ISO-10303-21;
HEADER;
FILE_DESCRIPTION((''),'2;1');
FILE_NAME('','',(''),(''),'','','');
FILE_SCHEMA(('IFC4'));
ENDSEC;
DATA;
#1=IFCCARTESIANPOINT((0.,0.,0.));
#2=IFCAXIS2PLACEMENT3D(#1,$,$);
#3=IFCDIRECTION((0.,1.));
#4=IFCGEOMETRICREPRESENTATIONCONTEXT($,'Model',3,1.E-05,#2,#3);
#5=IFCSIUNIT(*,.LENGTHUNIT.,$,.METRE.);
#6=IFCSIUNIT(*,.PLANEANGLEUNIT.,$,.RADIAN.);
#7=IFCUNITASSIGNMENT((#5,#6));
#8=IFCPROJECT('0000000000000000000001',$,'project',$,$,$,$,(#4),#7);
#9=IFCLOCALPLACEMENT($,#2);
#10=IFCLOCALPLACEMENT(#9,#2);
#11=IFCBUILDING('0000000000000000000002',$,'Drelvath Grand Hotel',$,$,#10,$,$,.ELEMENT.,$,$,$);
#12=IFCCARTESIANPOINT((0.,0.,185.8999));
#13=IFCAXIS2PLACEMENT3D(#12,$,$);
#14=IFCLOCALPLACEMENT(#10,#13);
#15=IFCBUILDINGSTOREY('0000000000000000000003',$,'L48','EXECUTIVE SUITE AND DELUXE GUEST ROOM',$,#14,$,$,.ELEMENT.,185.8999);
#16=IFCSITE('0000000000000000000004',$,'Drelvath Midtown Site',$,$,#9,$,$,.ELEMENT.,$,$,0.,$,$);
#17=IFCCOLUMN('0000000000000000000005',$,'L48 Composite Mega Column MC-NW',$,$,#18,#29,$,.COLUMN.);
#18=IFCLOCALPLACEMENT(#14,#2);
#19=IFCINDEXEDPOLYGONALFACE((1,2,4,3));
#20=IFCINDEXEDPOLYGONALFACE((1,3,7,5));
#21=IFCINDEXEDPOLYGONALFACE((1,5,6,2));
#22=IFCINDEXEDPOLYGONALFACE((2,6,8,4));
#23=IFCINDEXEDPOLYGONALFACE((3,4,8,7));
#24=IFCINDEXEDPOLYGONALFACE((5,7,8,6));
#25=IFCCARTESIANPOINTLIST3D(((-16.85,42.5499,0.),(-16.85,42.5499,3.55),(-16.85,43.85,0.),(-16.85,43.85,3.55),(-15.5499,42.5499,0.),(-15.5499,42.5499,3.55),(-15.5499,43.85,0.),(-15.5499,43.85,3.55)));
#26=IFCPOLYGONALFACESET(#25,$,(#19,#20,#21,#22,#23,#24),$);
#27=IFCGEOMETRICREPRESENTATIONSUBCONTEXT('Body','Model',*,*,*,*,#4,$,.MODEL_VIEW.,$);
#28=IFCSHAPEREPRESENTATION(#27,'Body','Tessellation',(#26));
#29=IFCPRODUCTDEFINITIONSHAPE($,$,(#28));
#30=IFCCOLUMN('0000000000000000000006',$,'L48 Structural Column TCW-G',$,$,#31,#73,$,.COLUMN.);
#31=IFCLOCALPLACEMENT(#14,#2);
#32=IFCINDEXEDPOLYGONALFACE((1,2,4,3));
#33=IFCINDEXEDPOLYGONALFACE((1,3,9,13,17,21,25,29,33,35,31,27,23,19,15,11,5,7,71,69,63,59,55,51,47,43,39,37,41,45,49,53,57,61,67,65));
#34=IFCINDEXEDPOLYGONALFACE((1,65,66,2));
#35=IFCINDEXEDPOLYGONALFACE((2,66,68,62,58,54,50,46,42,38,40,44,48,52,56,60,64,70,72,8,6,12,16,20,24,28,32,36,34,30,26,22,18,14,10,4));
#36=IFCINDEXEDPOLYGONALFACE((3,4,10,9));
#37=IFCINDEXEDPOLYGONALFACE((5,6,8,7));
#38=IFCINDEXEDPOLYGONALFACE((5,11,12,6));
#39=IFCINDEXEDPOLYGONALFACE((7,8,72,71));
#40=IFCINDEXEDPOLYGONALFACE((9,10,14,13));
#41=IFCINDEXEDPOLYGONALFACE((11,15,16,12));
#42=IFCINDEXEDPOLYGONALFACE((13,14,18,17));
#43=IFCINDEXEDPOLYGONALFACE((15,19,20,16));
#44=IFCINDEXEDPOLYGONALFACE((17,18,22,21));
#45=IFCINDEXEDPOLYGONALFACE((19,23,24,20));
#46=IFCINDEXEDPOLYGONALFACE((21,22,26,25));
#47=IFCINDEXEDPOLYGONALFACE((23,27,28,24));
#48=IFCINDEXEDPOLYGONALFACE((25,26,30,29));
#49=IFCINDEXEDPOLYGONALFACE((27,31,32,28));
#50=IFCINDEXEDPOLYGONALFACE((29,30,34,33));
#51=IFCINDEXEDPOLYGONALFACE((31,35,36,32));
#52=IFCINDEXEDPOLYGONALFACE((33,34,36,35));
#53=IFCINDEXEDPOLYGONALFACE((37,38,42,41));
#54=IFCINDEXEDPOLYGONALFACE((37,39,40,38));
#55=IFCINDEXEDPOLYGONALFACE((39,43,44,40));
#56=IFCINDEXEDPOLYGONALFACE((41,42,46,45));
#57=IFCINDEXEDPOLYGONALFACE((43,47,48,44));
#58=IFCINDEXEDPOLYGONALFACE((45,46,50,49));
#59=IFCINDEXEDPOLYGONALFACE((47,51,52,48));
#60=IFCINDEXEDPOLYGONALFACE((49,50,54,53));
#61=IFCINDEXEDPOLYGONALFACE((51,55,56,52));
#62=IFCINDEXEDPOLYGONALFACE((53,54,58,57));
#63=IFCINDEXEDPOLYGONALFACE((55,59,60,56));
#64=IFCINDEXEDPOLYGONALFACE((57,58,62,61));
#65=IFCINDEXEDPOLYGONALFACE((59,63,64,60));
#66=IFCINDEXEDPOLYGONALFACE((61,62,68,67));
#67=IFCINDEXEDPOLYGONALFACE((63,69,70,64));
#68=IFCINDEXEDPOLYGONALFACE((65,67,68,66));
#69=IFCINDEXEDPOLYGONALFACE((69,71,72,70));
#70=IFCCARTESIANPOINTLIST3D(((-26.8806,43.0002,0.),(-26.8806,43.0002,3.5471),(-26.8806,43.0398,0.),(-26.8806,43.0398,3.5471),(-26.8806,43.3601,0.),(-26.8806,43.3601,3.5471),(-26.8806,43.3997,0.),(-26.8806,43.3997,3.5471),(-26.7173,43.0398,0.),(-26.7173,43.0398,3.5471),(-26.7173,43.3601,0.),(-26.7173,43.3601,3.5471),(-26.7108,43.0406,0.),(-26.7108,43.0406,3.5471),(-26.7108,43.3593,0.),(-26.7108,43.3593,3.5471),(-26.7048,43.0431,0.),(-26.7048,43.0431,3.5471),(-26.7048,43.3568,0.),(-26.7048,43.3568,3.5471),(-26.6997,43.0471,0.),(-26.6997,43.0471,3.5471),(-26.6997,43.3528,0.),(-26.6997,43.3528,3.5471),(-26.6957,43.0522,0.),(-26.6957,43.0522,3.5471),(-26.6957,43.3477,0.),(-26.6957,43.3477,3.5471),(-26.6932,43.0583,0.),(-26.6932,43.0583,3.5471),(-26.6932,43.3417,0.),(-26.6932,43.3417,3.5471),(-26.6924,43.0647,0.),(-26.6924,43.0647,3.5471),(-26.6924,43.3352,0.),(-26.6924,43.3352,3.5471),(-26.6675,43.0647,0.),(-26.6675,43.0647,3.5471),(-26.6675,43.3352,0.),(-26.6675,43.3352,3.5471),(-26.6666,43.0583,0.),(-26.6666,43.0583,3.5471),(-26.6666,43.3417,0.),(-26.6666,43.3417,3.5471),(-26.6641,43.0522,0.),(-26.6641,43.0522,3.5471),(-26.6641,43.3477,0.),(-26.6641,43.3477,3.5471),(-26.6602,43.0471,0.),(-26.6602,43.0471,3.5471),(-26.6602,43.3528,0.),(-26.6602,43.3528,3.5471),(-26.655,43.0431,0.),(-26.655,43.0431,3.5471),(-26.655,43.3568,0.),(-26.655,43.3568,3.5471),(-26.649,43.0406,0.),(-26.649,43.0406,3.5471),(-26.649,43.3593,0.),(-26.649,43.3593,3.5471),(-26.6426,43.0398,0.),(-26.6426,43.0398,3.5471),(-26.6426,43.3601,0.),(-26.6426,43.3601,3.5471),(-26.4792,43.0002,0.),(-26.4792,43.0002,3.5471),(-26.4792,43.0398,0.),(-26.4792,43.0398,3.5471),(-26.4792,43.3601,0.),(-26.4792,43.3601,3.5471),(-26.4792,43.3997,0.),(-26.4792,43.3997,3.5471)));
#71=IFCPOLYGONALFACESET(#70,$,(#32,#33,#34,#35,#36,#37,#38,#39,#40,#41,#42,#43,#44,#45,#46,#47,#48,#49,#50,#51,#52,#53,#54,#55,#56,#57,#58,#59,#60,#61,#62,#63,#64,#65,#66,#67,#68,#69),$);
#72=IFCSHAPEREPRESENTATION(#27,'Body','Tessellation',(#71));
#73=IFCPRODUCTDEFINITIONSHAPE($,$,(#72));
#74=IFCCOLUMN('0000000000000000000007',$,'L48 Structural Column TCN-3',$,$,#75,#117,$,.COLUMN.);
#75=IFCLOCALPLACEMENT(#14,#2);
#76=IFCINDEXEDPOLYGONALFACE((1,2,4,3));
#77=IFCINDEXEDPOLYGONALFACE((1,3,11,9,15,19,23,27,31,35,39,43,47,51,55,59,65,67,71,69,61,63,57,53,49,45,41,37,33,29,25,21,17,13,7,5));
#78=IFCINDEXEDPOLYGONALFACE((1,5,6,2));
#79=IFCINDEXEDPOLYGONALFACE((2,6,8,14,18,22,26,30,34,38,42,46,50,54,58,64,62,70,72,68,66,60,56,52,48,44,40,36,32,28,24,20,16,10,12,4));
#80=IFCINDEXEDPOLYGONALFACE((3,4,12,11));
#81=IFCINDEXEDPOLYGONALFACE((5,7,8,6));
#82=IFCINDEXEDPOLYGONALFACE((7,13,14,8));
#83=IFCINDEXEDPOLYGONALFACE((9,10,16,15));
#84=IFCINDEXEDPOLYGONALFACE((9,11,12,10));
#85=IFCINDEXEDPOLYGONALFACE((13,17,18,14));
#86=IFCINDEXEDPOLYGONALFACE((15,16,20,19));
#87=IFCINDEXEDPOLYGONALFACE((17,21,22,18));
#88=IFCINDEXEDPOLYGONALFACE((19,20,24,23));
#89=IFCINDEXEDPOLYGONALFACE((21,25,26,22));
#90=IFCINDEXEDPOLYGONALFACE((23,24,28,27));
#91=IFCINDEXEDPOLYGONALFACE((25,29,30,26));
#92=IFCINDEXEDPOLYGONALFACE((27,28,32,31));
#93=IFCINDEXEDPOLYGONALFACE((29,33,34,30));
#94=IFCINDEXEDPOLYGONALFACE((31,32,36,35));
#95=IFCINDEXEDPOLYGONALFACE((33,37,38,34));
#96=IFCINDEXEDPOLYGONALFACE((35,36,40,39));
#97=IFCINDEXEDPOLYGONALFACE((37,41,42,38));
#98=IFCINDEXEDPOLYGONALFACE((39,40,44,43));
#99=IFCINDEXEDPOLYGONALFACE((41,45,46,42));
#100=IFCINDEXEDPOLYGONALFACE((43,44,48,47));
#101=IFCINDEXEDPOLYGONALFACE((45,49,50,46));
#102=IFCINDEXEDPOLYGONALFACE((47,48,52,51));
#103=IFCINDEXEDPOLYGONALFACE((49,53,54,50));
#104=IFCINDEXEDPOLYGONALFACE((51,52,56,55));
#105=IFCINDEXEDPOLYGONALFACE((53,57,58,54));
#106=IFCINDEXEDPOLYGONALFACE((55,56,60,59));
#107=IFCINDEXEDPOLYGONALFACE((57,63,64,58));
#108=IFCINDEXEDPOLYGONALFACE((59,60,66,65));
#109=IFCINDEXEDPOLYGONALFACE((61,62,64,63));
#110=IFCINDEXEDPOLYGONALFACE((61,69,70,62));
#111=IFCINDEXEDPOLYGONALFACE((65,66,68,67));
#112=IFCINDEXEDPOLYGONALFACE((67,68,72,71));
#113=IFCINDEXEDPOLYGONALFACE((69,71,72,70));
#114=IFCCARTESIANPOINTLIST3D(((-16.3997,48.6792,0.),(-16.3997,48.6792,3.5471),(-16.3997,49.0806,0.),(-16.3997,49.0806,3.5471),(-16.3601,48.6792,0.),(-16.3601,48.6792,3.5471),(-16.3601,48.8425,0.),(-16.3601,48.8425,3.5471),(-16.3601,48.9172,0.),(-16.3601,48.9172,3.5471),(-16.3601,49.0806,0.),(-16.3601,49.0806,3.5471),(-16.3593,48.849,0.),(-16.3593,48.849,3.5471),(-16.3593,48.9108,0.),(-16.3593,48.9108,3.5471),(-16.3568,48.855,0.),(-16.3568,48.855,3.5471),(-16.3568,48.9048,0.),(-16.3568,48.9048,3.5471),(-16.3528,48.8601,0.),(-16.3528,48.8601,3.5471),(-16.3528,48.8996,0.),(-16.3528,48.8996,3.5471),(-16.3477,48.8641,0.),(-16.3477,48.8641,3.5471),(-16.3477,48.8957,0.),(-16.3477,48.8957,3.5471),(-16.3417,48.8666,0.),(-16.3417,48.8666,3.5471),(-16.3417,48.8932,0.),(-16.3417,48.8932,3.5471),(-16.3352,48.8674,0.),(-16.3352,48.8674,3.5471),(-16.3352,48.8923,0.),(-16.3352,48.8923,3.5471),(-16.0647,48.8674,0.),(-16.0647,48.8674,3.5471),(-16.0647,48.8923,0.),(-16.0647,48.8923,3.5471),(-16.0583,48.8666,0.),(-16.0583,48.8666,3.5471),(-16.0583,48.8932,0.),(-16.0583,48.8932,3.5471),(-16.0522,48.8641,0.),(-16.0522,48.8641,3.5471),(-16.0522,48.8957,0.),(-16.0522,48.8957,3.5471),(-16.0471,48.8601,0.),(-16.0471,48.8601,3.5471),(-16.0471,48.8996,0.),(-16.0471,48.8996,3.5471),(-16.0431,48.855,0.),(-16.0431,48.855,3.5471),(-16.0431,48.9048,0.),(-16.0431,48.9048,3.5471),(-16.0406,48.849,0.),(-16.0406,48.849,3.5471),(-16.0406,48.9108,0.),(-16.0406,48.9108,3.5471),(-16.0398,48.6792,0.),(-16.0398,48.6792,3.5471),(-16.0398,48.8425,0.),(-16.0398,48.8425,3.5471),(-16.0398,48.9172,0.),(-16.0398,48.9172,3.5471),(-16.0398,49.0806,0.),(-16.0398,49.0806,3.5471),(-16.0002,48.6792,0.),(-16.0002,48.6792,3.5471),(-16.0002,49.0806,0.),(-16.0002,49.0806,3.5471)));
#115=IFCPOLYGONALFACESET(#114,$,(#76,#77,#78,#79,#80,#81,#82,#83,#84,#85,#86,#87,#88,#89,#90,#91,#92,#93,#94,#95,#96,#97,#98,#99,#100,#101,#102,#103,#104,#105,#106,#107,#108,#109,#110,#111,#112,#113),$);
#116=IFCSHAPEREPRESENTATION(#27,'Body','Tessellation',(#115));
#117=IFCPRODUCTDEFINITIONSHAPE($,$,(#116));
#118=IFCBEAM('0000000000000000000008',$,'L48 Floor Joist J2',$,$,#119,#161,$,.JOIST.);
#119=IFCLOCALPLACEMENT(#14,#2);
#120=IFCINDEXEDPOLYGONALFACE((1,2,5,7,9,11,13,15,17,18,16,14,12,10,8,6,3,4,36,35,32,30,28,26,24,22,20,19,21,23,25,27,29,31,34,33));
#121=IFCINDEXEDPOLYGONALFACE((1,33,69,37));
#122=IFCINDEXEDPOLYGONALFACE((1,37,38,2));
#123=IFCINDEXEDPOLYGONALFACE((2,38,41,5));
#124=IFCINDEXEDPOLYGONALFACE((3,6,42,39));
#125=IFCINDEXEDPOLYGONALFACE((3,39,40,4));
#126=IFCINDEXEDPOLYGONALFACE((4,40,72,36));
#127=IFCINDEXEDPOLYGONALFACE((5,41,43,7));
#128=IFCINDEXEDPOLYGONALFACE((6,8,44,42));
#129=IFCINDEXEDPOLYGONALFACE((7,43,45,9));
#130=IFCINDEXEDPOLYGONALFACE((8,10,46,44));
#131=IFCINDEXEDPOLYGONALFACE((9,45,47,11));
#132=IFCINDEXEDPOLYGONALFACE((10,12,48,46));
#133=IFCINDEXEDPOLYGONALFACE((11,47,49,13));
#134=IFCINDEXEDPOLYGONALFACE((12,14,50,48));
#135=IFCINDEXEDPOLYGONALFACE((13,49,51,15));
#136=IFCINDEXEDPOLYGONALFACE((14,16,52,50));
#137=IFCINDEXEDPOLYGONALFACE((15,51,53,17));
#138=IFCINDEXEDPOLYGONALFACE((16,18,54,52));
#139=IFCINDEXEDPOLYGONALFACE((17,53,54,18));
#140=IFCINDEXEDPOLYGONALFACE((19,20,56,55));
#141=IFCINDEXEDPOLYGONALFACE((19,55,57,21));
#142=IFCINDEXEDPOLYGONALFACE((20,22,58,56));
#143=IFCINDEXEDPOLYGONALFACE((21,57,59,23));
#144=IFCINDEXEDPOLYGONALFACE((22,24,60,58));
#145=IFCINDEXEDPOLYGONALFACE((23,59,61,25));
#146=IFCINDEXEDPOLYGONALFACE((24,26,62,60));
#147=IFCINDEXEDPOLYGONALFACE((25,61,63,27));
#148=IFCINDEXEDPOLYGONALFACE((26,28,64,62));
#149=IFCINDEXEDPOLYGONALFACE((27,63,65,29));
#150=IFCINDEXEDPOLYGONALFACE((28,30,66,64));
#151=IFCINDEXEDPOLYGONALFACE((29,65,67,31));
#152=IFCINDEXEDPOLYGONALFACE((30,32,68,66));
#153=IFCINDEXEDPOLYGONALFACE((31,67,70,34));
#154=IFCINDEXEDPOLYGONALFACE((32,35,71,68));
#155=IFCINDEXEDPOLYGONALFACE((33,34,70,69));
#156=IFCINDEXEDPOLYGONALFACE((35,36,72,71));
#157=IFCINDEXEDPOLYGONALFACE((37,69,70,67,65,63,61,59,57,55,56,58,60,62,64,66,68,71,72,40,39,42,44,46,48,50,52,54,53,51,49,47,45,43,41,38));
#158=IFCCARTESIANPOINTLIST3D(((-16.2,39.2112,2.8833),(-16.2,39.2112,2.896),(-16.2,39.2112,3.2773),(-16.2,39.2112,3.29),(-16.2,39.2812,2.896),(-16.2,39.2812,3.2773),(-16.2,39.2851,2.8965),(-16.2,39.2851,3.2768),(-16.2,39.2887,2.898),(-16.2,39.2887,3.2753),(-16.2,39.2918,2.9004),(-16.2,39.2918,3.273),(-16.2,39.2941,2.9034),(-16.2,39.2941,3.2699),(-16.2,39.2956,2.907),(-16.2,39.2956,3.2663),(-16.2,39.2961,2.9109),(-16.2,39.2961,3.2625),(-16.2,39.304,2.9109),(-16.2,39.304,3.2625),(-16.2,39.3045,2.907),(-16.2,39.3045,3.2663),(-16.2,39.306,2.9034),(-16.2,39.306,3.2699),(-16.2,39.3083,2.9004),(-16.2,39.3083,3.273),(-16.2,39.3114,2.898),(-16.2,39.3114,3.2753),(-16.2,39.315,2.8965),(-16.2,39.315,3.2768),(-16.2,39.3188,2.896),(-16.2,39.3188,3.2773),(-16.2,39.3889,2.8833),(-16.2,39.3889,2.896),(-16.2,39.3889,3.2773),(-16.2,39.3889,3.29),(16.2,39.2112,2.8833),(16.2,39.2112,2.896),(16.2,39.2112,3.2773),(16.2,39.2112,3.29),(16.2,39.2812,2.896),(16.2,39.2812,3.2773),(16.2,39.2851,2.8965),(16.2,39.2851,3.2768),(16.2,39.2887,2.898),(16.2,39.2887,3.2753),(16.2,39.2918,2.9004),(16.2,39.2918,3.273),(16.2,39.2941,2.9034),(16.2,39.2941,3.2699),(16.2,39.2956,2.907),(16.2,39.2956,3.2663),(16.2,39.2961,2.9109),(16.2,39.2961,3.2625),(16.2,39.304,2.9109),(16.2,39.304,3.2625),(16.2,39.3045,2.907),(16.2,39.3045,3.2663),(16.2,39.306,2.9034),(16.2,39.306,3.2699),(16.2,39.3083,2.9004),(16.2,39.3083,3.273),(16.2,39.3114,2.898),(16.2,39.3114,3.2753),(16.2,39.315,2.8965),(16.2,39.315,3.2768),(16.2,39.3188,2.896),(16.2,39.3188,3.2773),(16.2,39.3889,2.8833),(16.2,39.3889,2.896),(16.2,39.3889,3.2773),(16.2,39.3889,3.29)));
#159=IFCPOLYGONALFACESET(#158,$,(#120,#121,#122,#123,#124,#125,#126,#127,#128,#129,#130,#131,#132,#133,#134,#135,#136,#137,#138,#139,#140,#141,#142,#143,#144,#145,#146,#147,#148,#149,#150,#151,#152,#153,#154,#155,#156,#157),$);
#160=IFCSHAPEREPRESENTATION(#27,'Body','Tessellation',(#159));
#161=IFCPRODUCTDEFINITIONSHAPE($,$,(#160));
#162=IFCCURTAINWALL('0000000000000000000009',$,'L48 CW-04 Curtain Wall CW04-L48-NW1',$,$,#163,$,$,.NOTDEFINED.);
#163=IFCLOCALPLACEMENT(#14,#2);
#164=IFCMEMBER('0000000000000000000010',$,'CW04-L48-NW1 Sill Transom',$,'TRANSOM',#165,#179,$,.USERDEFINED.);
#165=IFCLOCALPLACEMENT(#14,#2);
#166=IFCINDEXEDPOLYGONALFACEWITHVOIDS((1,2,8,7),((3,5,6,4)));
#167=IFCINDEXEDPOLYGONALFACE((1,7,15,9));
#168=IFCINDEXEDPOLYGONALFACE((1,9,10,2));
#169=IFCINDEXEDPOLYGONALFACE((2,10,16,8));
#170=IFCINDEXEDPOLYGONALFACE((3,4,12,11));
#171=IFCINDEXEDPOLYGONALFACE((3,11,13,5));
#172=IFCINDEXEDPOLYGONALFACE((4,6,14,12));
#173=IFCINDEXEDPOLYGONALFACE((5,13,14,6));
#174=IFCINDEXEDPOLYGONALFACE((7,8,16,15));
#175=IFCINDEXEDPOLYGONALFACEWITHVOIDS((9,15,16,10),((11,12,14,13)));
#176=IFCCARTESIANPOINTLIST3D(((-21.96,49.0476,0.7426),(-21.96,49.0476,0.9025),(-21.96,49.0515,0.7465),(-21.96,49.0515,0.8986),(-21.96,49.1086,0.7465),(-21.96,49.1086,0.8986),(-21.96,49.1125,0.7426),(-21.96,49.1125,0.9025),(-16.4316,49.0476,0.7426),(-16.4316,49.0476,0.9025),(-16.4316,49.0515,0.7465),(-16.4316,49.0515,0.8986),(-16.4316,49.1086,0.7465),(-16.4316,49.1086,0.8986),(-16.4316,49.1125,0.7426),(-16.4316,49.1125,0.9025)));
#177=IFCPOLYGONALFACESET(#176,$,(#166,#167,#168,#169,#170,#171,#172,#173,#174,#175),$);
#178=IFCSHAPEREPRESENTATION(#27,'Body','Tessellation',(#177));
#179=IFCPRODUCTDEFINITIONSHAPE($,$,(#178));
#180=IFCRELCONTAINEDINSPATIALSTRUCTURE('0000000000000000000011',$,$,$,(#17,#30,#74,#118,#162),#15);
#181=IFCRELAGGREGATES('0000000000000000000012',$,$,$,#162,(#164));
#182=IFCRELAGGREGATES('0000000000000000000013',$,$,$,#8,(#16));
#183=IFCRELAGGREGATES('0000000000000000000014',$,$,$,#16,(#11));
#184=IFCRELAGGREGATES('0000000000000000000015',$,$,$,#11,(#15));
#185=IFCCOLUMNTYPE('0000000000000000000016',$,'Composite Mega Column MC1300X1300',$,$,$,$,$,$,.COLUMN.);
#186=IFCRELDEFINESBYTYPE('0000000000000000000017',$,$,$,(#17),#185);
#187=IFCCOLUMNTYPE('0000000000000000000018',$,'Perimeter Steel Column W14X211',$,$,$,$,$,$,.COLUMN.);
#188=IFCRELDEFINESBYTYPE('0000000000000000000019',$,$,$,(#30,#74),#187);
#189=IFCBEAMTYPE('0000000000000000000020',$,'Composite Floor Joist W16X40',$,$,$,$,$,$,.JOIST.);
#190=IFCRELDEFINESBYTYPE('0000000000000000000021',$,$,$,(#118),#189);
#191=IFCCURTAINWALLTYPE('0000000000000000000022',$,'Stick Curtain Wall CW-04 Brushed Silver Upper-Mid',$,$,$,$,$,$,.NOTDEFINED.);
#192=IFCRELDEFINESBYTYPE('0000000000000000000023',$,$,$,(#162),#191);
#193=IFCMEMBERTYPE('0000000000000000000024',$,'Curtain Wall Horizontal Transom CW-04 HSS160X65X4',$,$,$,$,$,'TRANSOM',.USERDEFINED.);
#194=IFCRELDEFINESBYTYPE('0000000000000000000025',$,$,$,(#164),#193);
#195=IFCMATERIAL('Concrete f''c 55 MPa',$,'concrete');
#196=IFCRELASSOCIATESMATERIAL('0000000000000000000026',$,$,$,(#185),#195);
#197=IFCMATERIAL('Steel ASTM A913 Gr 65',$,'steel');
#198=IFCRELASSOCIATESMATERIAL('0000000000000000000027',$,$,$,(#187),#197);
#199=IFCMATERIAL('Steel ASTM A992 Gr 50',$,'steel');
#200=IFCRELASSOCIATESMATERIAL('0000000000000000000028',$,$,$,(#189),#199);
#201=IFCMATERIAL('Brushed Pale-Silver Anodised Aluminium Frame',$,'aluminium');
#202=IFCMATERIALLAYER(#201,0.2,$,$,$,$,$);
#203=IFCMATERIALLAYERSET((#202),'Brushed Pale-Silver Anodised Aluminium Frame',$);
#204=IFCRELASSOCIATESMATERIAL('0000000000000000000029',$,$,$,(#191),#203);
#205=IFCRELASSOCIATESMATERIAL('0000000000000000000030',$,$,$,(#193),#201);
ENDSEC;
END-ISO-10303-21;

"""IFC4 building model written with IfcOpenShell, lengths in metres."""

from ifc_helpers import new_model, si_unit, direction, frame, origin, origin_2d, place, context, subcontext, project, spatial, rectangle, hollow_rectangle, i_section, extrude, material, layer, layer_set, material_profile, profile_set, type_object, element, aggregate, save


model = new_model("IFC4")

# Units and contexts
model_context = context("Model", 3, precision=1e-05, world=origin(), true_north=direction((0.0, 1.0)))
body_context = subcontext(model_context, "Body", "Model", "MODEL_VIEW")
ifc_project = project(units=[si_unit("LENGTHUNIT", "METRE"), si_unit("PLANEANGLEUNIT", "RADIAN")], contexts=[model_context])

# Site, building, storey
site_placement = place(None, origin())
site = spatial("IfcSite", under=ifc_project, at=site_placement, Name="Drelvath Midtown Site", CompositionType="ELEMENT", RefElevation=0.0)
building_placement = place(site_placement, origin())
building = spatial("IfcBuilding", under=site, at=building_placement, Name="Drelvath Grand Hotel", CompositionType="ELEMENT")
storey_placement = place(building_placement, frame((0.0, 0.0, 185.8999)))
storey = spatial("IfcBuildingStorey", under=building, at=storey_placement, Name="L48", Description="EXECUTIVE SUITE AND DELUXE GUEST ROOM", CompositionType="ELEMENT", Elevation=185.8999)

# Columns
ifc_material_1 = material(Name="Concrete f'c 55 MPa", Category="concrete")
ifc_material_profile_1 = material_profile(ifc_material_1, rectangle(XDim=1.3, YDim=1.3, at=origin_2d()), Name="MC1300X1300")
ifc_profile_set_1 = profile_set([ifc_material_profile_1], Name="Concrete f'c 55 MPa")
column_type_1 = type_object("IfcColumnType", Name="Composite Mega Column MC1300X1300", PredefinedType="COLUMN", material=ifc_profile_set_1)
column_placement = place(storey_placement, frame((-16.2, 43.2, 0.0), z_axis=(0.0, 0.0, 1.0), x_axis=(1.0, 0.0, 0.0)))
element("IfcColumn", 1, at=column_placement, inside=storey, type_object=column_type_1, Name="L48 Composite Mega Column MC-NW", PredefinedType="COLUMN", context=body_context, shape_type="SweptSolid", body=[
    extrude(rectangle(XDim=1.3, YDim=1.3, at=origin_2d()), origin(), (0.0, 0.0, 1.0), 3.55),
])
ifc_material_2 = material(Name="Steel ASTM A913 Gr 65", Category="steel")
ifc_material_profile_2 = material_profile(ifc_material_2, i_section(OverallWidth=0.4014, OverallDepth=0.3994, WebThickness=0.0249, FlangeThickness=0.0396, FilletRadius=0.0249, at=origin_2d()), Name="W14X211")
ifc_profile_set_2 = profile_set([ifc_material_profile_2], Name="Steel ASTM A913 Gr 65")
column_type_2 = type_object("IfcColumnType", Name="Perimeter Steel Column W14X211", PredefinedType="COLUMN", material=ifc_profile_set_2)
for number, where, z_axis, x_axis, name in (
    (2, (-26.6799, 43.2, 0.0), (0.0, 0.0, 1.0), (1.0, 0.0, 0.0), "L48 Structural Column TCW-G"),
    (3, (-16.2, 48.8799, 0.0), (0.0, 0.0, 1.0), (0.0, 1.0, 0.0), "L48 Structural Column TCN-3"),
):
    element("IfcColumn", number, at=place(storey_placement, frame(where, z_axis=z_axis, x_axis=x_axis)), inside=storey, type_object=column_type_2, Name=name, PredefinedType="COLUMN", context=body_context, shape_type="SweptSolid", body=[
        extrude(i_section(OverallWidth=0.4014, OverallDepth=0.3994, WebThickness=0.0249, FlangeThickness=0.0396, FilletRadius=0.0249, at=origin_2d()), origin(), (0.0, 0.0, 1.0), 3.5471),
    ])

# Beam
ifc_material_3 = material(Name="Steel ASTM A992 Gr 50", Category="steel")
ifc_material_profile_3 = material_profile(ifc_material_3, i_section(OverallWidth=0.1777, OverallDepth=0.4067, WebThickness=0.0078, FlangeThickness=0.0127, FilletRadius=0.0149, at=origin_2d()), Name="W16X40")
ifc_profile_set_3 = profile_set([ifc_material_profile_3], Name="Steel ASTM A992 Gr 50")
beam_type_1 = type_object("IfcBeamType", Name="Composite Floor Joist W16X40", PredefinedType="JOIST", material=ifc_profile_set_3)
beam_1_placement = place(storey_placement, frame((-16.2, 39.3, 3.0867), z_axis=(1.0, 0.0, 0.0), x_axis=(0.0, 1.0, 0.0)))
element("IfcBeam", 4, at=beam_1_placement, inside=storey, type_object=beam_type_1, Name="L48 Floor Joist J2", PredefinedType="JOIST", context=body_context, shape_type="SweptSolid", body=[
    extrude(i_section(OverallWidth=0.1777, OverallDepth=0.4067, WebThickness=0.0078, FlangeThickness=0.0127, FilletRadius=0.0149, at=origin_2d()), origin(), (0.0, 0.0, 1.0), 32.3999),
])

# Curtain wall, member
ifc_material_4 = material(Name="Brushed Pale-Silver Anodised Aluminium Frame", Category="aluminium")
ifc_layer_1 = layer(ifc_material_4, 0.2)
ifc_layer_set_1 = layer_set([ifc_layer_1], Name="Brushed Pale-Silver Anodised Aluminium Frame")
curtain_wall_type = type_object("IfcCurtainWallType", Name="Stick Curtain Wall CW-04 Brushed Silver Upper-Mid", PredefinedType="NOTDEFINED", material=ifc_layer_set_1)
curtain_wall_placement = place(storey_placement, origin())
curtain_wall = element("IfcCurtainWall", 5, at=curtain_wall_placement, inside=storey, type_object=curtain_wall_type, Name="L48 CW-04 Curtain Wall CW04-L48-NW1", PredefinedType="NOTDEFINED")
ifc_material_profile_4 = material_profile(ifc_material_4, hollow_rectangle(XDim=0.0649, YDim=0.1599, WallThickness=0.0039, at=origin_2d()), Name="HSS160X65X4")
ifc_profile_set_4 = profile_set([ifc_material_profile_4], Name="Brushed Pale-Silver Anodised Aluminium Frame")
member_type_1 = type_object("IfcMemberType", Name="Curtain Wall Horizontal Transom CW-04 HSS160X65X4", ElementType="TRANSOM", PredefinedType="USERDEFINED", material=ifc_profile_set_4)
member_1_placement = place(storey_placement, frame((-21.96, 49.0801, 0.8225), z_axis=(1.0, 0.0, 0.0), x_axis=(0.0, 1.0, 0.0)))
member_1 = element("IfcMember", 6, at=member_1_placement, type_object=member_type_1, Name="CW04-L48-NW1 Sill Transom", ObjectType="TRANSOM", PredefinedType="USERDEFINED", context=body_context, shape_type="SweptSolid", body=[
    extrude(hollow_rectangle(XDim=0.0649, YDim=0.1599, WallThickness=0.0039, at=origin_2d()), origin(), (0.0, 0.0, 1.0), 5.5283),
])

aggregate(curtain_wall, [member_1])

save(model, "model.ifc")
